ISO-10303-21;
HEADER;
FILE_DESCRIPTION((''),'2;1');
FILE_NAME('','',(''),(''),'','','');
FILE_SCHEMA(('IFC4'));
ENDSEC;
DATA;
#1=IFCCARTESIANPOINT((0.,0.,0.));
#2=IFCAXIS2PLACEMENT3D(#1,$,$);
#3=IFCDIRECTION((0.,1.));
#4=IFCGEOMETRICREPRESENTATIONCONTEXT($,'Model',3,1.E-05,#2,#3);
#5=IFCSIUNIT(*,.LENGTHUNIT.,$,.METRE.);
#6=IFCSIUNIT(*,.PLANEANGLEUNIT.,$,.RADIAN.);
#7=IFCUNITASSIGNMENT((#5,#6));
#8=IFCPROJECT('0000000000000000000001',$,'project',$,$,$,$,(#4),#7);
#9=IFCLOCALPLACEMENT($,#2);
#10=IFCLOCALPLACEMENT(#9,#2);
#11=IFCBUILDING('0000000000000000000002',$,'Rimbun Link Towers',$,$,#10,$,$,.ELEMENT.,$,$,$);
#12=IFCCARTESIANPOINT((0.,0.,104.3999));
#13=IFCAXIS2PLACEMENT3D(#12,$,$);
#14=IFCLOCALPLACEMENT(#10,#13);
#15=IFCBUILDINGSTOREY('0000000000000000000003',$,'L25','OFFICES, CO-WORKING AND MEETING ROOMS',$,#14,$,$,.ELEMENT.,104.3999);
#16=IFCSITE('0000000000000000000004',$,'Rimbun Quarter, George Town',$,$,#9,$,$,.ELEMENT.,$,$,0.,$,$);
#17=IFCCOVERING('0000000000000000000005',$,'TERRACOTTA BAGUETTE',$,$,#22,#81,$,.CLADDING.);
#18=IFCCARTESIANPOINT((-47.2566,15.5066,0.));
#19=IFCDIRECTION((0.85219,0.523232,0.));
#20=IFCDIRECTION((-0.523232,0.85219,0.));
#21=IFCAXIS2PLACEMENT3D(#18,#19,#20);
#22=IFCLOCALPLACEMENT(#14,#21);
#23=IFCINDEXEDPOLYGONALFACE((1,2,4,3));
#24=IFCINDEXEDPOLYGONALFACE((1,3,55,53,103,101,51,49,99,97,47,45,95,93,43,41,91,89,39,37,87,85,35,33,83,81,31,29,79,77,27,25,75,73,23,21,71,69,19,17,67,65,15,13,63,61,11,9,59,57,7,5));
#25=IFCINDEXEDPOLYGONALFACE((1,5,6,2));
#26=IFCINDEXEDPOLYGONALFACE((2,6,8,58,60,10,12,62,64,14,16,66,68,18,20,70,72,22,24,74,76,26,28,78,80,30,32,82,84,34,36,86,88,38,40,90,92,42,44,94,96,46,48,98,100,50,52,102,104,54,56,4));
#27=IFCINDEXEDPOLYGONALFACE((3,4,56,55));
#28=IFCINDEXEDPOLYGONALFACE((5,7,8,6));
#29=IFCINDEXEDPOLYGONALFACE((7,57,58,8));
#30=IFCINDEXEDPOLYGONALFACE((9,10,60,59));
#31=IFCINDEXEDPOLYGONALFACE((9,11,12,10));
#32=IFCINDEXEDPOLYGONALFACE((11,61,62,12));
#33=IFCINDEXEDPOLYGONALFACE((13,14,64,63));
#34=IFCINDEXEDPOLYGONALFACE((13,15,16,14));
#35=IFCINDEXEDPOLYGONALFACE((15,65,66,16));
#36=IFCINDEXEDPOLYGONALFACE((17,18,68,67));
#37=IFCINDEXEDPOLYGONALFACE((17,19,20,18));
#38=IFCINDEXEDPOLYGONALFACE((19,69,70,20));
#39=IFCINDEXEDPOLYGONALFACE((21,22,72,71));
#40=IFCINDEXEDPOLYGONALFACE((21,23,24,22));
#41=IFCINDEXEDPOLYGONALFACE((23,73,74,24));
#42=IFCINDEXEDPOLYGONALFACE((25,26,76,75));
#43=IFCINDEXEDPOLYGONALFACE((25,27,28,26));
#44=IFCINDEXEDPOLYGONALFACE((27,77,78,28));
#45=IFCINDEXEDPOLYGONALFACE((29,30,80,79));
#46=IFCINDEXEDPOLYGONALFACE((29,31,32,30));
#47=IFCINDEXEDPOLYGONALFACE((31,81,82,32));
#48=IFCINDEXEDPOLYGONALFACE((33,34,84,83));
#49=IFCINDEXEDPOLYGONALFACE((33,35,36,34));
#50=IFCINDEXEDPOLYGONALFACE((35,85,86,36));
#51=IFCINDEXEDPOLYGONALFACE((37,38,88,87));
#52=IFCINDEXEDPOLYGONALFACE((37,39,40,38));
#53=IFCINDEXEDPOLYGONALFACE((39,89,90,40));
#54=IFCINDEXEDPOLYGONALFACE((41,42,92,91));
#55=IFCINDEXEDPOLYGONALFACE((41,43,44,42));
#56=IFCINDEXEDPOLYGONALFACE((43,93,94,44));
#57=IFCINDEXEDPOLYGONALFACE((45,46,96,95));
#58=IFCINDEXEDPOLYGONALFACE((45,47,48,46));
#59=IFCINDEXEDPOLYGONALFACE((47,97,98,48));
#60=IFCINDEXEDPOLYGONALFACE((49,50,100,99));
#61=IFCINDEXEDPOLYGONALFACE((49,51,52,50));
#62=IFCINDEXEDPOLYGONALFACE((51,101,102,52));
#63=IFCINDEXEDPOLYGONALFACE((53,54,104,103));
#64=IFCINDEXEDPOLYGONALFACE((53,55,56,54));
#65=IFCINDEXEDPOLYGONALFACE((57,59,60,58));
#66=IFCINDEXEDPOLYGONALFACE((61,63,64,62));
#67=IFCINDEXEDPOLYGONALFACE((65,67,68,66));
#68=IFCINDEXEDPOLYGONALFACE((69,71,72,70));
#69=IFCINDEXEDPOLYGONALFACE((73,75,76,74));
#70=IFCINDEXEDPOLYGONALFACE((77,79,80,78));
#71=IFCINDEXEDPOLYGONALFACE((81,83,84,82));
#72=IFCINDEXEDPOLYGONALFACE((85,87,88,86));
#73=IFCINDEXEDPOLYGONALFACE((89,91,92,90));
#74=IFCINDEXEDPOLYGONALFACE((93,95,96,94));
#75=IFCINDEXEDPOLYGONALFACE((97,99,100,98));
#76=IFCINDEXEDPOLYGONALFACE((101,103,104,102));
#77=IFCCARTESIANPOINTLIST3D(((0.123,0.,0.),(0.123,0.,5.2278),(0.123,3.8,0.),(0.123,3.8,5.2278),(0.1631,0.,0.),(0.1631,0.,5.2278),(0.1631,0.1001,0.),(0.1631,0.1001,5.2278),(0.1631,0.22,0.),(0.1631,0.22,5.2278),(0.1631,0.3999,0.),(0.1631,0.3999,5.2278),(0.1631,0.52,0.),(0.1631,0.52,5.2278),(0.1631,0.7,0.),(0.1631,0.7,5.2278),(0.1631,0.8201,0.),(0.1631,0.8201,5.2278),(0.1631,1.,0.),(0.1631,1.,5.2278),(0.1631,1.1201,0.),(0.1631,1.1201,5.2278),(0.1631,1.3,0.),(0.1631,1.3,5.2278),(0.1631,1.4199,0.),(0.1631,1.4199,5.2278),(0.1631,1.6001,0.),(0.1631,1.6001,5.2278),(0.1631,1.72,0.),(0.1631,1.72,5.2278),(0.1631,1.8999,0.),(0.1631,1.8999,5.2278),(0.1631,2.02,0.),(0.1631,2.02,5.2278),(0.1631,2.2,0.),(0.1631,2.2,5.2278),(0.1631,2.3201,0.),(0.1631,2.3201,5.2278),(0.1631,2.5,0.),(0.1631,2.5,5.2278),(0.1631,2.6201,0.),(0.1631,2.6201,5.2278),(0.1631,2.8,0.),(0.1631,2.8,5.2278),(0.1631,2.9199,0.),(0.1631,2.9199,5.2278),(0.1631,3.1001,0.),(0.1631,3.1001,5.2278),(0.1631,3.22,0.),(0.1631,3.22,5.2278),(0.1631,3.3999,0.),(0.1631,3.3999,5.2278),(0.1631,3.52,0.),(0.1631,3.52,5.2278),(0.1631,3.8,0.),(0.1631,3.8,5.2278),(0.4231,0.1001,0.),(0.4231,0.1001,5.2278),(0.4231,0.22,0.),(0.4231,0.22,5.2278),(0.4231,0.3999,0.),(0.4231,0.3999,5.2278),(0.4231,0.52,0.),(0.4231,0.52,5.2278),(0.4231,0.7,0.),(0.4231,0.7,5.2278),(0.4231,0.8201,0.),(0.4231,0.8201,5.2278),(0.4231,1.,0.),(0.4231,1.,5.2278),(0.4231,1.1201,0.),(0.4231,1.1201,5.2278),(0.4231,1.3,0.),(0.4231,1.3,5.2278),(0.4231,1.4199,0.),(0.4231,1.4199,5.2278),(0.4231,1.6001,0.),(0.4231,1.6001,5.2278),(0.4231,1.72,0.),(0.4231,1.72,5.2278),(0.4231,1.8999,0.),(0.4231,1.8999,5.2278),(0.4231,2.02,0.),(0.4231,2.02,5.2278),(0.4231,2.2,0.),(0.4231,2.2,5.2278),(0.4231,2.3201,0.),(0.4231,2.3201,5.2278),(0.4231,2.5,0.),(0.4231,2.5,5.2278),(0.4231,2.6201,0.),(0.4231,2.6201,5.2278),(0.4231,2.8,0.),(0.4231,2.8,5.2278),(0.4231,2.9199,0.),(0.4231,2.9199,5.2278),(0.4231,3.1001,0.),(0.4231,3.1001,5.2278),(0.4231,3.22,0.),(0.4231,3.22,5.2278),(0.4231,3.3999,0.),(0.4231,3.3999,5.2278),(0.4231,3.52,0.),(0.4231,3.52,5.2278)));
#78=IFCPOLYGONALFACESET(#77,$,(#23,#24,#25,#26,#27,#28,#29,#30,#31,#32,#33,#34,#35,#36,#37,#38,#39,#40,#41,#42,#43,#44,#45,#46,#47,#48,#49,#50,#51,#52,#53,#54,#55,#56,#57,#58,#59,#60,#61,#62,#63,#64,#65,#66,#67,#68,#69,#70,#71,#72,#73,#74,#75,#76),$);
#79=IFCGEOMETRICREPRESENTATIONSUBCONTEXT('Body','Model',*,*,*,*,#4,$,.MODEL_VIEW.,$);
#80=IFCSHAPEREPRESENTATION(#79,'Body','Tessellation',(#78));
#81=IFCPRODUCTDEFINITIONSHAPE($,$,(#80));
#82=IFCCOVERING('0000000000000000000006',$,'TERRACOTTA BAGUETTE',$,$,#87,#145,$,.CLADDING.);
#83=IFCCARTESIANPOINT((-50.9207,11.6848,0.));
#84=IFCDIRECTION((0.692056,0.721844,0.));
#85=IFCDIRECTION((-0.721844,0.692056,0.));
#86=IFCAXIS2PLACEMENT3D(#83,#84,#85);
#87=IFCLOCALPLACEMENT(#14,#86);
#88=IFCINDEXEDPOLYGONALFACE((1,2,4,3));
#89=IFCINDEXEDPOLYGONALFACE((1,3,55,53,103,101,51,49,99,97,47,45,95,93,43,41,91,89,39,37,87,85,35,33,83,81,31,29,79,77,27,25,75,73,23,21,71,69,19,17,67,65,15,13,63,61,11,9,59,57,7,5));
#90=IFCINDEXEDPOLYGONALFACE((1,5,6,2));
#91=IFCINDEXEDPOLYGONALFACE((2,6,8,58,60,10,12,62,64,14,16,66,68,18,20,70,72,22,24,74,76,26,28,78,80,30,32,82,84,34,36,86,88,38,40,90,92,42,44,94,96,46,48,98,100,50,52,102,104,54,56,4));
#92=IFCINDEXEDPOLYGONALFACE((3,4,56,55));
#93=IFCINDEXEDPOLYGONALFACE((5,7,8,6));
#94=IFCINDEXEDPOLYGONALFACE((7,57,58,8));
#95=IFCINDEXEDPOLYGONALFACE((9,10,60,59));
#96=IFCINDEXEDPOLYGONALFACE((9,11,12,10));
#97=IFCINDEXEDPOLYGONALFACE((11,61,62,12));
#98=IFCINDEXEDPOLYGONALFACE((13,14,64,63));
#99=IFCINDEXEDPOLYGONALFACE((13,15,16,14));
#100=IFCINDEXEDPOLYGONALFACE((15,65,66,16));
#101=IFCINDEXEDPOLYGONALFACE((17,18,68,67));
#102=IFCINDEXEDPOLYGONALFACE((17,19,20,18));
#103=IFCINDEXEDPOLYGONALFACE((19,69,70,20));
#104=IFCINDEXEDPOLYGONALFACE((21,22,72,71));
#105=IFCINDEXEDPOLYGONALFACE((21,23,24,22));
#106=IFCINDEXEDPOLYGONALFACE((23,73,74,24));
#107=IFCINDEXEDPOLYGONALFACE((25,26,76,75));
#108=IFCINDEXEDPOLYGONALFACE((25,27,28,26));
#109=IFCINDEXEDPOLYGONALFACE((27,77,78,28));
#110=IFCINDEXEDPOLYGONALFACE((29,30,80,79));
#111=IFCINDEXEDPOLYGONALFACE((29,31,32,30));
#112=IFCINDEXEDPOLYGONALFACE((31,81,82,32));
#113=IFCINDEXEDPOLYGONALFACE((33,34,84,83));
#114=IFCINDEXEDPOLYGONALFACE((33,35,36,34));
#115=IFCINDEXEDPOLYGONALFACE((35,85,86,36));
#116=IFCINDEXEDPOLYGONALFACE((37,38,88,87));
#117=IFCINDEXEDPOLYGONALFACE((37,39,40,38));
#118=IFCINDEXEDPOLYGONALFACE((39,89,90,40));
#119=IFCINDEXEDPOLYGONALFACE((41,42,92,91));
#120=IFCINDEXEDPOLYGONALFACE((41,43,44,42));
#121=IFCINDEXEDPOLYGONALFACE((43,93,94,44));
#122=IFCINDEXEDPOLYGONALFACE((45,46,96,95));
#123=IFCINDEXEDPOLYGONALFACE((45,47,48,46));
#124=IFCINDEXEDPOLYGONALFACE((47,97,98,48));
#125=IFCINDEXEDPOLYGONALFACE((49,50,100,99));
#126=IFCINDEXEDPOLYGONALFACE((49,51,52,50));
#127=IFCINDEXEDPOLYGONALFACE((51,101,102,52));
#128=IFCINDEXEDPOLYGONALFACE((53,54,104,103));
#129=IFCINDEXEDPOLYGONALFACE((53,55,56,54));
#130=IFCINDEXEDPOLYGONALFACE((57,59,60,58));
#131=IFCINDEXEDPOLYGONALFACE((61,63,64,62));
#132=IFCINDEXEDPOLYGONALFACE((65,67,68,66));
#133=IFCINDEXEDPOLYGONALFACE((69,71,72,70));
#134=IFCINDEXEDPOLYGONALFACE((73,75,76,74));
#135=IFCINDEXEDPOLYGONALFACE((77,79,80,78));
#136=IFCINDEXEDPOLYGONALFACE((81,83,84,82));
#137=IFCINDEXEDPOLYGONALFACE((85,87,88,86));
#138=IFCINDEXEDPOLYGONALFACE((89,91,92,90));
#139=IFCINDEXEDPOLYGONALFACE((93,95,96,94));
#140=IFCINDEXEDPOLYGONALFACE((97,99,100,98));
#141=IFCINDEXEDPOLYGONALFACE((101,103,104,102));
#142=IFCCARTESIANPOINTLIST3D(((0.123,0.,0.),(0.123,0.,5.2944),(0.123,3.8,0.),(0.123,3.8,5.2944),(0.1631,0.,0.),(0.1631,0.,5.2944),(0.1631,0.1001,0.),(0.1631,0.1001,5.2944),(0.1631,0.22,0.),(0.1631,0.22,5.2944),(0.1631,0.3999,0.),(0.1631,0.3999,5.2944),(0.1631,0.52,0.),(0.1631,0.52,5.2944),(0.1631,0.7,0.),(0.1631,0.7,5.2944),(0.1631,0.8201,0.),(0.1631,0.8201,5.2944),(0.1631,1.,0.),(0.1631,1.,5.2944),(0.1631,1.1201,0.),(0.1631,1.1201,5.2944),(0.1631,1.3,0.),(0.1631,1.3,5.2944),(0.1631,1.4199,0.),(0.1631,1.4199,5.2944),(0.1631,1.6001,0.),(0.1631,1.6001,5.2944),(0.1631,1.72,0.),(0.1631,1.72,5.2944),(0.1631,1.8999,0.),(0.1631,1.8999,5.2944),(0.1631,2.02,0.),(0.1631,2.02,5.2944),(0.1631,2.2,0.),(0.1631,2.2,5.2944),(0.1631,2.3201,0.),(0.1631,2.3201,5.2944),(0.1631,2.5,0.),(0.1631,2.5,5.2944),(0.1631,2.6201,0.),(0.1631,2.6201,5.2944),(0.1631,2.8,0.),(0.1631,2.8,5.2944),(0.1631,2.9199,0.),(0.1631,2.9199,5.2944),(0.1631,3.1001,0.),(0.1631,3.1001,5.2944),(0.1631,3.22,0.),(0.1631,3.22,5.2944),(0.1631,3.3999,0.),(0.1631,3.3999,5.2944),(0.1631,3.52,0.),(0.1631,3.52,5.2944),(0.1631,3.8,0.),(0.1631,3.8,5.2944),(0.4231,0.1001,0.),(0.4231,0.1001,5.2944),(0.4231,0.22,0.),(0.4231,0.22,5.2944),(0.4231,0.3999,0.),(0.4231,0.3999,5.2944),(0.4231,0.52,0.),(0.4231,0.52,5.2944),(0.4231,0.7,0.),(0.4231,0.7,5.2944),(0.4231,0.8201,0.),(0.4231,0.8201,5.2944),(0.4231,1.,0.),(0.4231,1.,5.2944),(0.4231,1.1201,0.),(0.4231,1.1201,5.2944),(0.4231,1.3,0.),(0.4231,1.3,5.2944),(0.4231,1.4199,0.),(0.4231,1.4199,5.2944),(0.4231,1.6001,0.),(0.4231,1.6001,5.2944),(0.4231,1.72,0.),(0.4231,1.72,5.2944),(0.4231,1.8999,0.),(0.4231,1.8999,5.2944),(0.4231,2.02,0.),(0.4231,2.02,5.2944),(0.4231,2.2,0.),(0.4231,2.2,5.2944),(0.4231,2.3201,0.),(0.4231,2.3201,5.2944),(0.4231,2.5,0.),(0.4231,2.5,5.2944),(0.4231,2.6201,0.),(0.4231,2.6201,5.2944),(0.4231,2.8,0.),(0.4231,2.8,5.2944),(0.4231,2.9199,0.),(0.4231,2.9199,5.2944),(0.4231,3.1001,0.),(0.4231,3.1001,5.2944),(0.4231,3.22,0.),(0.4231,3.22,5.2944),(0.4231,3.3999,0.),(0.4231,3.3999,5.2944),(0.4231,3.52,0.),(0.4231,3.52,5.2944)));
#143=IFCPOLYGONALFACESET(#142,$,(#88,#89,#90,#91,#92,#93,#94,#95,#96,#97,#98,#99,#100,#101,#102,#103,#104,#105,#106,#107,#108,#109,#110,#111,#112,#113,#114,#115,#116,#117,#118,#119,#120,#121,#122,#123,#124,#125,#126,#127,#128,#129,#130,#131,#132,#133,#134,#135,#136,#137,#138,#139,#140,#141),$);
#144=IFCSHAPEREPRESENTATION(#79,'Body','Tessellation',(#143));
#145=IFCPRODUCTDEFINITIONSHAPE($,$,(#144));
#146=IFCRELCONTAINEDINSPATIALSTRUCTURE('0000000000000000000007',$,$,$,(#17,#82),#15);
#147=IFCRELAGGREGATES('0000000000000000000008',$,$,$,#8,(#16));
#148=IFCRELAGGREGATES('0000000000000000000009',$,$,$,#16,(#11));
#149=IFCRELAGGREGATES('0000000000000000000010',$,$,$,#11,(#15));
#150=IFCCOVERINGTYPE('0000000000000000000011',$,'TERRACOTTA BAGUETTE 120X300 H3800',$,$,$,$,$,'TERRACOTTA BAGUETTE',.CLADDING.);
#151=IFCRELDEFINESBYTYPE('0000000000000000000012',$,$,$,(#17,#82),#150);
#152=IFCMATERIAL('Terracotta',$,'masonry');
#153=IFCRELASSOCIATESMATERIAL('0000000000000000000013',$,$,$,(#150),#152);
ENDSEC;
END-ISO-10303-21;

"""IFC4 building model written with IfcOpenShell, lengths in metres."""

from ifc_helpers import new_model, si_unit, direction, frame, origin, place, context, subcontext, project, spatial, polyline, outline, extrude, material, material_profile, profile_set, type_object, element, save


model = new_model("IFC4")

# Units and contexts
model_context = context("Model", 3, precision=1e-05, world=origin(), true_north=direction((0.0, 1.0)))
body_context = subcontext(model_context, "Body", "Model", "MODEL_VIEW")
ifc_project = project(units=[si_unit("LENGTHUNIT", "METRE"), si_unit("PLANEANGLEUNIT", "RADIAN")], contexts=[model_context])

# Site, building, storey
site_placement = place(None, origin())
site = spatial("IfcSite", under=ifc_project, at=site_placement, Name="Rimbun Quarter, George Town", CompositionType="ELEMENT", RefElevation=0.0)
building_placement = place(site_placement, origin())
building = spatial("IfcBuilding", under=site, at=building_placement, Name="Rimbun Link Towers", CompositionType="ELEMENT")
storey_placement = place(building_placement, frame((0.0, 0.0, 104.3999)))
storey = spatial("IfcBuildingStorey", under=building, at=storey_placement, Name="L25", Description="OFFICES, CO-WORKING AND MEETING ROOMS", CompositionType="ELEMENT", Elevation=104.3999)

# Coverings
ifc_material_1 = material(Name="Terracotta", Category="masonry")
ifc_material_profile_1 = material_profile(ifc_material_1, outline(polyline([(0.123, 0.0), (0.1631, 0.0), (0.1631, 0.1001), (0.4231, 0.1001), (0.4231, 0.22), (0.1631, 0.22), (0.1631, 0.3999), (0.4231, 0.3999), (0.4231, 0.52), (0.1631, 0.52), (0.1631, 0.7), (0.4231, 0.7), (0.4231, 0.8201), (0.1631, 0.8201), (0.1631, 1.0), (0.4231, 1.0), (0.4231, 1.1201), (0.1631, 1.1201), (0.1631, 1.3), (0.4231, 1.3), (0.4231, 1.4199), (0.1631, 1.4199), (0.1631, 1.6001), (0.4231, 1.6001), (0.4231, 1.72), (0.1631, 1.72), (0.1631, 1.8999), (0.4231, 1.8999), (0.4231, 2.02), (0.1631, 2.02), (0.1631, 2.2), (0.4231, 2.2), (0.4231, 2.3201), (0.1631, 2.3201), (0.1631, 2.5), (0.4231, 2.5), (0.4231, 2.6201), (0.1631, 2.6201), (0.1631, 2.8), (0.4231, 2.8), (0.4231, 2.9199), (0.1631, 2.9199), (0.1631, 3.1001), (0.4231, 3.1001), (0.4231, 3.22), (0.1631, 3.22), (0.1631, 3.3999), (0.4231, 3.3999), (0.4231, 3.52), (0.1631, 3.52), (0.1631, 3.8), (0.123, 3.8), (0.123, 0.0)])), Name="BAGUETTE 120X300")
ifc_profile_set_1 = profile_set([ifc_material_profile_1], Name="Terracotta")
covering_type = type_object("IfcCoveringType", Name="TERRACOTTA BAGUETTE 120X300 H3800", ElementType="TERRACOTTA BAGUETTE", PredefinedType="CLADDING", material=ifc_profile_set_1)
covering_1_placement = place(storey_placement, frame((-47.2566, 15.5066, 0.0), z_axis=(0.85219, 0.523232, 0.0), x_axis=(-0.523232, 0.85219, 0.0)))
element("IfcCovering", 1, at=covering_1_placement, inside=storey, type_object=covering_type, Name="TERRACOTTA BAGUETTE", PredefinedType="CLADDING", context=body_context, shape_type="SweptSolid", body=[
    extrude(outline(polyline([(0.123, 0.0), (0.1631, 0.0), (0.1631, 0.1001), (0.4231, 0.1001), (0.4231, 0.22), (0.1631, 0.22), (0.1631, 0.3999), (0.4231, 0.3999), (0.4231, 0.52), (0.1631, 0.52), (0.1631, 0.7), (0.4231, 0.7), (0.4231, 0.8201), (0.1631, 0.8201), (0.1631, 1.0), (0.4231, 1.0), (0.4231, 1.1201), (0.1631, 1.1201), (0.1631, 1.3), (0.4231, 1.3), (0.4231, 1.4199), (0.1631, 1.4199), (0.1631, 1.6001), (0.4231, 1.6001), (0.4231, 1.72), (0.1631, 1.72), (0.1631, 1.8999), (0.4231, 1.8999), (0.4231, 2.02), (0.1631, 2.02), (0.1631, 2.2), (0.4231, 2.2), (0.4231, 2.3201), (0.1631, 2.3201), (0.1631, 2.5), (0.4231, 2.5), (0.4231, 2.6201), (0.1631, 2.6201), (0.1631, 2.8), (0.4231, 2.8), (0.4231, 2.9199), (0.1631, 2.9199), (0.1631, 3.1001), (0.4231, 3.1001), (0.4231, 3.22), (0.1631, 3.22), (0.1631, 3.3999), (0.4231, 3.3999), (0.4231, 3.52), (0.1631, 3.52), (0.1631, 3.8), (0.123, 3.8), (0.123, 0.0)])), origin(), (0.0, 0.0, 1.0), 5.2278),
])
covering_2_placement = place(storey_placement, frame((-50.9207, 11.6848, 0.0), z_axis=(0.692056, 0.721844, 0.0), x_axis=(-0.721844, 0.692056, 0.0)))
element("IfcCovering", 2, at=covering_2_placement, inside=storey, type_object=covering_type, Name="TERRACOTTA BAGUETTE", PredefinedType="CLADDING", context=body_context, shape_type="SweptSolid", body=[
    extrude(outline(polyline([(0.123, 0.0), (0.1631, 0.0), (0.1631, 0.1001), (0.4231, 0.1001), (0.4231, 0.22), (0.1631, 0.22), (0.1631, 0.3999), (0.4231, 0.3999), (0.4231, 0.52), (0.1631, 0.52), (0.1631, 0.7), (0.4231, 0.7), (0.4231, 0.8201), (0.1631, 0.8201), (0.1631, 1.0), (0.4231, 1.0), (0.4231, 1.1201), (0.1631, 1.1201), (0.1631, 1.3), (0.4231, 1.3), (0.4231, 1.4199), (0.1631, 1.4199), (0.1631, 1.6001), (0.4231, 1.6001), (0.4231, 1.72), (0.1631, 1.72), (0.1631, 1.8999), (0.4231, 1.8999), (0.4231, 2.02), (0.1631, 2.02), (0.1631, 2.2), (0.4231, 2.2), (0.4231, 2.3201), (0.1631, 2.3201), (0.1631, 2.5), (0.4231, 2.5), (0.4231, 2.6201), (0.1631, 2.6201), (0.1631, 2.8), (0.4231, 2.8), (0.4231, 2.9199), (0.1631, 2.9199), (0.1631, 3.1001), (0.4231, 3.1001), (0.4231, 3.22), (0.1631, 3.22), (0.1631, 3.3999), (0.4231, 3.3999), (0.4231, 3.52), (0.1631, 3.52), (0.1631, 3.8), (0.123, 3.8), (0.123, 0.0)])), origin(), (0.0, 0.0, 1.0), 5.2944),
])

save(model, "model.ifc")
